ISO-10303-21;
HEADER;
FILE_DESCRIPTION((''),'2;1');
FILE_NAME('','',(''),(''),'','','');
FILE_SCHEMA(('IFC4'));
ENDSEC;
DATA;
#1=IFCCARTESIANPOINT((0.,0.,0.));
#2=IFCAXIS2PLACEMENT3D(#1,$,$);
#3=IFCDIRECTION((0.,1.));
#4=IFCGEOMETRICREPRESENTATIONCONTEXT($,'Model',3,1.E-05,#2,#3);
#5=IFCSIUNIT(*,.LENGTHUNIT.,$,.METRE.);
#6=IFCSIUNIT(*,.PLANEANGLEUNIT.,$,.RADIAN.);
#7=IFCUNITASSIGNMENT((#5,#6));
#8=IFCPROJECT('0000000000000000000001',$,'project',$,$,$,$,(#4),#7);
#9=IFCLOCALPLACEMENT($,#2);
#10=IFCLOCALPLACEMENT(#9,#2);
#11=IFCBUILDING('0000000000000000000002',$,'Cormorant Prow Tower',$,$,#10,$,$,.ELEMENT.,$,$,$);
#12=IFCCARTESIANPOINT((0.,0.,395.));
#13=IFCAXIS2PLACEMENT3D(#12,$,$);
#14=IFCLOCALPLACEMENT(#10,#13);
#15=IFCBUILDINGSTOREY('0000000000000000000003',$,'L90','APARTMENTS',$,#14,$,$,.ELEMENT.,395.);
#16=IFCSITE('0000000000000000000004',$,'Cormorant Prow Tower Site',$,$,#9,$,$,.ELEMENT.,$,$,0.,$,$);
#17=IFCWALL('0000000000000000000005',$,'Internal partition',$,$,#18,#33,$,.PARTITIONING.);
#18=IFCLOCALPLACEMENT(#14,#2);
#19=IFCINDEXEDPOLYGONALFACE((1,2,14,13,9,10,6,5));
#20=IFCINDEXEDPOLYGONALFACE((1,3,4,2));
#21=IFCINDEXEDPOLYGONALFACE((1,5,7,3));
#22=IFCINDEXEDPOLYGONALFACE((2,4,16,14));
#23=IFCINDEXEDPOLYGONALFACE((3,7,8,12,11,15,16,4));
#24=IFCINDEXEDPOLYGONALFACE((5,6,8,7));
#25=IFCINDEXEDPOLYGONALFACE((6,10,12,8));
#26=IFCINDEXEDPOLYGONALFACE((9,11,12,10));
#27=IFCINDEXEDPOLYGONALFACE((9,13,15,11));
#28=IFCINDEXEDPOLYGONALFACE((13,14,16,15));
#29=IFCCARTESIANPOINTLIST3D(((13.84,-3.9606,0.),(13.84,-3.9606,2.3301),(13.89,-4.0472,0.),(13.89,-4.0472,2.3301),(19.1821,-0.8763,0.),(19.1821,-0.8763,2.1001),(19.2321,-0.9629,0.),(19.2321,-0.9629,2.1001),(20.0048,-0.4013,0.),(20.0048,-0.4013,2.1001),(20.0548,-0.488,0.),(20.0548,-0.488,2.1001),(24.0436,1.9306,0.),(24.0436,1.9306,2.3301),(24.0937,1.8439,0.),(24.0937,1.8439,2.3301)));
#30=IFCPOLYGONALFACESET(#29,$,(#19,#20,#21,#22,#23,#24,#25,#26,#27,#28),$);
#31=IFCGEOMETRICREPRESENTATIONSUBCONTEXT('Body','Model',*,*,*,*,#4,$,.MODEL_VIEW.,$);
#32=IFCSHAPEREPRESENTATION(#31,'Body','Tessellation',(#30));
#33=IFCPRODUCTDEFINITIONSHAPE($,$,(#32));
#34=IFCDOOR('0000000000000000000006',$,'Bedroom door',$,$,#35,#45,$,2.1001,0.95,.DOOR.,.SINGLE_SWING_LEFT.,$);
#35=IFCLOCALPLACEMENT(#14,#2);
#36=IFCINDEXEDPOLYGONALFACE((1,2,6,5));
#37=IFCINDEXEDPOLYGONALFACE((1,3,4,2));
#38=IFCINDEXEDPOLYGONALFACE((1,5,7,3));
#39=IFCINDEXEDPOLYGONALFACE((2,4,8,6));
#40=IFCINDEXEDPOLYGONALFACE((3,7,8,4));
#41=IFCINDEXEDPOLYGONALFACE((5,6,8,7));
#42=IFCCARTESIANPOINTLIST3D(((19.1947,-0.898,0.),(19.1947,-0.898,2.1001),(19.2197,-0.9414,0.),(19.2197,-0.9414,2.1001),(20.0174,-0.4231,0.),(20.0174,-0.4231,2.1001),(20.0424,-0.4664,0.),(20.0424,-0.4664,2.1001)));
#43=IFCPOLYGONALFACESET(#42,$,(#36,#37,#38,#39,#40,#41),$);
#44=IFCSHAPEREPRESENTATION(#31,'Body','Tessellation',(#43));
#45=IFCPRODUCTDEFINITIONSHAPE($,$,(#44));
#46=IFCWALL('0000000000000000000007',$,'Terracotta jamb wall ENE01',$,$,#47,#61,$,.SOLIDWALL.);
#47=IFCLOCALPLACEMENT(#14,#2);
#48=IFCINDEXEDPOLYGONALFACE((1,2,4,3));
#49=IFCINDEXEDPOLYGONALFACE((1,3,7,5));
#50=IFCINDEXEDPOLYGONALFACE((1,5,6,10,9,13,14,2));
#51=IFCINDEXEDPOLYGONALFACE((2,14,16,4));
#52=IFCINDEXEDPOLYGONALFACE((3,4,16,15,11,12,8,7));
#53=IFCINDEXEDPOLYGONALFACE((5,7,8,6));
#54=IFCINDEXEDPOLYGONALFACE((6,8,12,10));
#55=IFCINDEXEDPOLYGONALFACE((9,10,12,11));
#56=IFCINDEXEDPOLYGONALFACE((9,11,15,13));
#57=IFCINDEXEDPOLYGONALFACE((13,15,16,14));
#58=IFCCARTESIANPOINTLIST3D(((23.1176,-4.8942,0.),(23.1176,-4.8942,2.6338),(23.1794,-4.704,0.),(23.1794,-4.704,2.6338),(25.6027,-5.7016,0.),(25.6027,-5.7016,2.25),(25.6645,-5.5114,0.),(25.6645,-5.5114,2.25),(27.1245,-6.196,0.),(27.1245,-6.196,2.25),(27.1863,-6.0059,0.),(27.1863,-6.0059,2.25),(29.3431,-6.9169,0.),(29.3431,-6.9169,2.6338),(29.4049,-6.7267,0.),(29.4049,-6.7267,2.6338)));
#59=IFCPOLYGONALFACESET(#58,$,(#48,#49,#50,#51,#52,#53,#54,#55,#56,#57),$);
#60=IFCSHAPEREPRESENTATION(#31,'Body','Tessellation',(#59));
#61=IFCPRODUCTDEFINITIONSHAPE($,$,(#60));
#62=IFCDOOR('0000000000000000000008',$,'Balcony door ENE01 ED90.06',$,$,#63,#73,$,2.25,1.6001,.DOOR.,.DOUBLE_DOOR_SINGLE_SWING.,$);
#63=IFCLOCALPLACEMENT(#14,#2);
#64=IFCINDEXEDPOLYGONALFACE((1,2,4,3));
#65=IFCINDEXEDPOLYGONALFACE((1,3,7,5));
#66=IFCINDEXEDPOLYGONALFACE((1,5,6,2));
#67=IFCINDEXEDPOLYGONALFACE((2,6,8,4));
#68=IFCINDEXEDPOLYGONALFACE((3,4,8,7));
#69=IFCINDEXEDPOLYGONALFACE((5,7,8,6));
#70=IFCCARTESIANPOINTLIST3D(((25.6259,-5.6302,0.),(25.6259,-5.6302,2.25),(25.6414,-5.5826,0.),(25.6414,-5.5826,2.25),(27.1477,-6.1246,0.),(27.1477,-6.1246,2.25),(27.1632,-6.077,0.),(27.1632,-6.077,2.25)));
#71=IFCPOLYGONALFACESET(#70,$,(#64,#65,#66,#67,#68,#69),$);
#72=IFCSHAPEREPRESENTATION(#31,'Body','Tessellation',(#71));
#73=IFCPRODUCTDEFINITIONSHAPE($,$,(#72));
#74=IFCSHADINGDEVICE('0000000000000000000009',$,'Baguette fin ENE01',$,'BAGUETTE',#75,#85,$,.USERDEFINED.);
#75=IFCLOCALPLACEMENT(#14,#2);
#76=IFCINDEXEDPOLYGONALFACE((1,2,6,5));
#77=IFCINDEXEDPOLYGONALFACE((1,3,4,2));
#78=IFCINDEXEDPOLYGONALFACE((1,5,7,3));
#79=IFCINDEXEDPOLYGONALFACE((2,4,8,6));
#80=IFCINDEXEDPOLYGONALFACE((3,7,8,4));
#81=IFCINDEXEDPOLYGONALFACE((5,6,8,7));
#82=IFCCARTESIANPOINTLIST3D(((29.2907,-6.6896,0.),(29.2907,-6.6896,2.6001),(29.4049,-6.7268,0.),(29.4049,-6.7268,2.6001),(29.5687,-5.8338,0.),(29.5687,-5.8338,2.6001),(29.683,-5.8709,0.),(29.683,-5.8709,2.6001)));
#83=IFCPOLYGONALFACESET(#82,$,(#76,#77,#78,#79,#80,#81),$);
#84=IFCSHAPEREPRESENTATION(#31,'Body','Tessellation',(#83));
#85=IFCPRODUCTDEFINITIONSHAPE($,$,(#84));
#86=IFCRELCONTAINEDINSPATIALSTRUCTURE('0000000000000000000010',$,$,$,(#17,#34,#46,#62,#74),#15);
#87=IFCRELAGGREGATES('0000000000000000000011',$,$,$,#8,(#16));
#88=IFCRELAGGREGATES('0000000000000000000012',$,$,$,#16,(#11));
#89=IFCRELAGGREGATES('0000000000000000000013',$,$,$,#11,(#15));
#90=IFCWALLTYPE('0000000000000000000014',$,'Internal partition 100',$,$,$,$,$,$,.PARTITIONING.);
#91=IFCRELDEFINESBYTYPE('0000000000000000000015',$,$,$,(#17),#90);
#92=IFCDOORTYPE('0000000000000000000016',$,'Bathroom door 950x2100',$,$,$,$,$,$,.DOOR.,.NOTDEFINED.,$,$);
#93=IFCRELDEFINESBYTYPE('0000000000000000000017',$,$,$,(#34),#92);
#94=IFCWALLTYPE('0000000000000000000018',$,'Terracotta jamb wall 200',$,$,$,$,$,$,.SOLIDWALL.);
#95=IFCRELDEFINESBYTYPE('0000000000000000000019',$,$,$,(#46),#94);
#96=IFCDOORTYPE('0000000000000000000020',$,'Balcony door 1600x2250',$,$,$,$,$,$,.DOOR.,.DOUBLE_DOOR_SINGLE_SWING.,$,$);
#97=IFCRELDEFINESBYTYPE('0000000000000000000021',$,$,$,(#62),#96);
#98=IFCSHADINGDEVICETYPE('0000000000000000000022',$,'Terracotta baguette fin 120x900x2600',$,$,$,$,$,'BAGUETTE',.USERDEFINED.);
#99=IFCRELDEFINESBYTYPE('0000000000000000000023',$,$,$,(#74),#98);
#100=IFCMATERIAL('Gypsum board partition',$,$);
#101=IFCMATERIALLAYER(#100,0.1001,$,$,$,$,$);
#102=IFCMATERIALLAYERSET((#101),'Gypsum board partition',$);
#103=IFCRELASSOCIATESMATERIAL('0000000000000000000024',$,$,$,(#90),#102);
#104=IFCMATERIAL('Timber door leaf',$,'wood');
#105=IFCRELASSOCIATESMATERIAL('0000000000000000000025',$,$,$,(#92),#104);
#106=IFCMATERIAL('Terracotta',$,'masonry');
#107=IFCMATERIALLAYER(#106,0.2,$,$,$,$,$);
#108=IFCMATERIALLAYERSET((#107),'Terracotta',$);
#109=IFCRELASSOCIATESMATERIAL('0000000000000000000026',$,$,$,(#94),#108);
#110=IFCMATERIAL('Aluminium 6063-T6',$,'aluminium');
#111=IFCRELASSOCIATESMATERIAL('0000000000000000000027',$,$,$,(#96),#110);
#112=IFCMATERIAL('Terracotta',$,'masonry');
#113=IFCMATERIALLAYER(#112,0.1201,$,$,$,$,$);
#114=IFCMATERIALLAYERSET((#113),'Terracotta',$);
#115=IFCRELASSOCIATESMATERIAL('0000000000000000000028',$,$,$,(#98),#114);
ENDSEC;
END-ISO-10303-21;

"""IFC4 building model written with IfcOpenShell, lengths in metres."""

from ifc_helpers import new_model, si_unit, direction, frame, frame_2d, origin, origin_2d, place, context, subcontext, project, spatial, rectangle, extrude, material, layer, layer_set, type_object, element, fill, save


model = new_model("IFC4")

# Units and contexts
model_context = context("Model", 3, precision=1e-05, world=origin(), true_north=direction((0.0, 1.0)))
body_context = subcontext(model_context, "Body", "Model", "MODEL_VIEW")
ifc_project = project(units=[si_unit("LENGTHUNIT", "METRE"), si_unit("PLANEANGLEUNIT", "RADIAN")], contexts=[model_context])

# Site, building, storey
site_placement = place(None, origin())
site = spatial("IfcSite", under=ifc_project, at=site_placement, Name="Cormorant Prow Tower Site", CompositionType="ELEMENT", RefElevation=0.0)
building_placement = place(site_placement, origin())
building = spatial("IfcBuilding", under=site, at=building_placement, Name="Cormorant Prow Tower", CompositionType="ELEMENT")
storey_placement = place(building_placement, frame((0.0, 0.0, 395.0)))
storey = spatial("IfcBuildingStorey", under=building, at=storey_placement, Name="L90", Description="APARTMENTS", CompositionType="ELEMENT", Elevation=395.0)

# Walls, openings, doors
ifc_material_1 = material(Name="Gypsum board partition")
ifc_layer_1 = layer(ifc_material_1, 0.1001)
ifc_layer_set_1 = layer_set([ifc_layer_1], Name="Gypsum board partition")
wall_type_1 = type_object("IfcWallType", Name="Internal partition 100", PredefinedType="PARTITIONING", material=ifc_layer_set_1)
wall_1_placement = place(storey_placement, frame((13.865, -4.0039, 0.0), z_axis=(0.0, 0.0, 1.0), x_axis=(0.866023, 0.500003, 0.0)))
wall_1 = element("IfcWall", 1, at=wall_1_placement, inside=storey, type_object=wall_type_1, Name="Internal partition", PredefinedType="PARTITIONING", context=body_context, shape_type="SweptSolid", body=[
    extrude(rectangle(XDim=11.7822, YDim=0.1001, at=frame_2d((5.8911, 0.0))), origin(), (0.0, 0.0, 1.0), 2.3301),
])
opening_1_placement = place(wall_1_placement, frame((6.1685, 0.0, 0.0)))
opening_1 = element("IfcOpeningElement", 2, at=opening_1_placement, cuts=wall_1, PredefinedType="OPENING", context=body_context, shape_type="SweptSolid", body=[
    extrude(rectangle(XDim=0.95, YDim=2.1001, at=frame_2d((0.4751, 1.05))), frame((0.0, 0.0601, 0.0), z_axis=(0.0, -1.0, 0.0), x_axis=(1.0, 0.0, 0.0)), (0.0, 0.0, 1.0), 0.1201),
])
ifc_material_2 = material(Name="Timber door leaf", Category="wood")
door_type_1 = type_object("IfcDoorType", Name="Bathroom door 950x2100", OperationType="NOTDEFINED", PredefinedType="DOOR", material=ifc_material_2)
door_1_placement = place(opening_1_placement, origin())
door_1 = element("IfcDoor", 3, at=door_1_placement, inside=storey, type_object=door_type_1, Name="Bedroom door", OperationType="SINGLE_SWING_LEFT", OverallHeight=2.1001, OverallWidth=0.95, PredefinedType="DOOR", context=body_context, shape_type="SweptSolid", body=[
    extrude(rectangle(XDim=0.95, YDim=2.1001, at=frame_2d((0.4751, 1.05))), frame((0.0, 0.0249, 0.0), z_axis=(0.0, -1.0, 0.0), x_axis=(1.0, 0.0, 0.0)), (0.0, 0.0, 1.0), 0.05),
])
fill(opening_1, door_1)
ifc_material_3 = material(Name="Terracotta", Category="masonry")
ifc_layer_2 = layer(ifc_material_3, 0.2)
ifc_layer_set_2 = layer_set([ifc_layer_2], Name="Terracotta")
wall_type_2 = type_object("IfcWallType", Name="Terracotta jamb wall 200", PredefinedType="SOLIDWALL", material=ifc_layer_set_2)
wall_2_placement = place(storey_placement, frame((29.374, -6.8218, 0.0), z_axis=(0.0, 0.0, 1.0), x_axis=(-0.951061, 0.309002, 0.0)))
wall_2 = element("IfcWall", 4, at=wall_2_placement, inside=storey, type_object=wall_type_2, Name="Terracotta jamb wall ENE01", PredefinedType="SOLIDWALL", context=body_context, shape_type="SweptSolid", body=[
    extrude(rectangle(XDim=6.5459, YDim=0.2, at=frame_2d((3.2729, 0.0))), origin(), (0.0, 0.0, 1.0), 2.6338),
])
opening_2_placement = place(wall_2_placement, frame((2.3328, 0.0, 0.0)))
opening_2 = element("IfcOpeningElement", 5, at=opening_2_placement, cuts=wall_2, PredefinedType="OPENING", context=body_context, shape_type="SweptSolid", body=[
    extrude(rectangle(XDim=1.6001, YDim=2.25, at=frame_2d((0.8, 1.125))), frame((0.0, 0.1099, 0.0), z_axis=(0.0, -1.0, 0.0), x_axis=(1.0, 0.0, 0.0)), (0.0, 0.0, 1.0), 0.22),
])
ifc_material_4 = material(Name="Aluminium 6063-T6", Category="aluminium")
door_type_2 = type_object("IfcDoorType", Name="Balcony door 1600x2250", OperationType="DOUBLE_DOOR_SINGLE_SWING", PredefinedType="DOOR", material=ifc_material_4)
door_2_placement = place(opening_2_placement, origin())
door_2 = element("IfcDoor", 6, at=door_2_placement, inside=storey, type_object=door_type_2, Name="Balcony door ENE01 ED90.06", OperationType="DOUBLE_DOOR_SINGLE_SWING", OverallHeight=2.25, OverallWidth=1.6001, PredefinedType="DOOR", context=body_context, shape_type="SweptSolid", body=[
    extrude(rectangle(XDim=1.6001, YDim=2.25, at=frame_2d((0.8, 1.125))), frame((0.0, 0.0249, 0.0), z_axis=(0.0, -1.0, 0.0), x_axis=(1.0, 0.0, 0.0)), (0.0, 0.0, 1.0), 0.05),
])
fill(opening_2, door_2)

# Shading device
ifc_material_5 = material(Name="Terracotta", Category="masonry")
ifc_layer_3 = layer(ifc_material_5, 0.1201)
ifc_layer_set_3 = layer_set([ifc_layer_3], Name="Terracotta")
shading_device_type = type_object("IfcShadingDeviceType", Name="Terracotta baguette fin 120x900x2600", ElementType="BAGUETTE", PredefinedType="USERDEFINED", material=ifc_layer_set_3)
shading_device_placement = place(storey_placement, frame((29.4868, -6.2803, 0.0), z_axis=(0.0, 0.0, 1.0), x_axis=(-0.951056, 0.309017, 0.0)))
element("IfcShadingDevice", 7, at=shading_device_placement, inside=storey, type_object=shading_device_type, Name="Baguette fin ENE01", ObjectType="BAGUETTE", PredefinedType="USERDEFINED", context=body_context, shape_type="SweptSolid", body=[
    extrude(rectangle(XDim=0.1201, YDim=0.8999, at=origin_2d()), origin(), (0.0, 0.0, 1.0), 2.6001),
])

save(model, "model.ifc")
